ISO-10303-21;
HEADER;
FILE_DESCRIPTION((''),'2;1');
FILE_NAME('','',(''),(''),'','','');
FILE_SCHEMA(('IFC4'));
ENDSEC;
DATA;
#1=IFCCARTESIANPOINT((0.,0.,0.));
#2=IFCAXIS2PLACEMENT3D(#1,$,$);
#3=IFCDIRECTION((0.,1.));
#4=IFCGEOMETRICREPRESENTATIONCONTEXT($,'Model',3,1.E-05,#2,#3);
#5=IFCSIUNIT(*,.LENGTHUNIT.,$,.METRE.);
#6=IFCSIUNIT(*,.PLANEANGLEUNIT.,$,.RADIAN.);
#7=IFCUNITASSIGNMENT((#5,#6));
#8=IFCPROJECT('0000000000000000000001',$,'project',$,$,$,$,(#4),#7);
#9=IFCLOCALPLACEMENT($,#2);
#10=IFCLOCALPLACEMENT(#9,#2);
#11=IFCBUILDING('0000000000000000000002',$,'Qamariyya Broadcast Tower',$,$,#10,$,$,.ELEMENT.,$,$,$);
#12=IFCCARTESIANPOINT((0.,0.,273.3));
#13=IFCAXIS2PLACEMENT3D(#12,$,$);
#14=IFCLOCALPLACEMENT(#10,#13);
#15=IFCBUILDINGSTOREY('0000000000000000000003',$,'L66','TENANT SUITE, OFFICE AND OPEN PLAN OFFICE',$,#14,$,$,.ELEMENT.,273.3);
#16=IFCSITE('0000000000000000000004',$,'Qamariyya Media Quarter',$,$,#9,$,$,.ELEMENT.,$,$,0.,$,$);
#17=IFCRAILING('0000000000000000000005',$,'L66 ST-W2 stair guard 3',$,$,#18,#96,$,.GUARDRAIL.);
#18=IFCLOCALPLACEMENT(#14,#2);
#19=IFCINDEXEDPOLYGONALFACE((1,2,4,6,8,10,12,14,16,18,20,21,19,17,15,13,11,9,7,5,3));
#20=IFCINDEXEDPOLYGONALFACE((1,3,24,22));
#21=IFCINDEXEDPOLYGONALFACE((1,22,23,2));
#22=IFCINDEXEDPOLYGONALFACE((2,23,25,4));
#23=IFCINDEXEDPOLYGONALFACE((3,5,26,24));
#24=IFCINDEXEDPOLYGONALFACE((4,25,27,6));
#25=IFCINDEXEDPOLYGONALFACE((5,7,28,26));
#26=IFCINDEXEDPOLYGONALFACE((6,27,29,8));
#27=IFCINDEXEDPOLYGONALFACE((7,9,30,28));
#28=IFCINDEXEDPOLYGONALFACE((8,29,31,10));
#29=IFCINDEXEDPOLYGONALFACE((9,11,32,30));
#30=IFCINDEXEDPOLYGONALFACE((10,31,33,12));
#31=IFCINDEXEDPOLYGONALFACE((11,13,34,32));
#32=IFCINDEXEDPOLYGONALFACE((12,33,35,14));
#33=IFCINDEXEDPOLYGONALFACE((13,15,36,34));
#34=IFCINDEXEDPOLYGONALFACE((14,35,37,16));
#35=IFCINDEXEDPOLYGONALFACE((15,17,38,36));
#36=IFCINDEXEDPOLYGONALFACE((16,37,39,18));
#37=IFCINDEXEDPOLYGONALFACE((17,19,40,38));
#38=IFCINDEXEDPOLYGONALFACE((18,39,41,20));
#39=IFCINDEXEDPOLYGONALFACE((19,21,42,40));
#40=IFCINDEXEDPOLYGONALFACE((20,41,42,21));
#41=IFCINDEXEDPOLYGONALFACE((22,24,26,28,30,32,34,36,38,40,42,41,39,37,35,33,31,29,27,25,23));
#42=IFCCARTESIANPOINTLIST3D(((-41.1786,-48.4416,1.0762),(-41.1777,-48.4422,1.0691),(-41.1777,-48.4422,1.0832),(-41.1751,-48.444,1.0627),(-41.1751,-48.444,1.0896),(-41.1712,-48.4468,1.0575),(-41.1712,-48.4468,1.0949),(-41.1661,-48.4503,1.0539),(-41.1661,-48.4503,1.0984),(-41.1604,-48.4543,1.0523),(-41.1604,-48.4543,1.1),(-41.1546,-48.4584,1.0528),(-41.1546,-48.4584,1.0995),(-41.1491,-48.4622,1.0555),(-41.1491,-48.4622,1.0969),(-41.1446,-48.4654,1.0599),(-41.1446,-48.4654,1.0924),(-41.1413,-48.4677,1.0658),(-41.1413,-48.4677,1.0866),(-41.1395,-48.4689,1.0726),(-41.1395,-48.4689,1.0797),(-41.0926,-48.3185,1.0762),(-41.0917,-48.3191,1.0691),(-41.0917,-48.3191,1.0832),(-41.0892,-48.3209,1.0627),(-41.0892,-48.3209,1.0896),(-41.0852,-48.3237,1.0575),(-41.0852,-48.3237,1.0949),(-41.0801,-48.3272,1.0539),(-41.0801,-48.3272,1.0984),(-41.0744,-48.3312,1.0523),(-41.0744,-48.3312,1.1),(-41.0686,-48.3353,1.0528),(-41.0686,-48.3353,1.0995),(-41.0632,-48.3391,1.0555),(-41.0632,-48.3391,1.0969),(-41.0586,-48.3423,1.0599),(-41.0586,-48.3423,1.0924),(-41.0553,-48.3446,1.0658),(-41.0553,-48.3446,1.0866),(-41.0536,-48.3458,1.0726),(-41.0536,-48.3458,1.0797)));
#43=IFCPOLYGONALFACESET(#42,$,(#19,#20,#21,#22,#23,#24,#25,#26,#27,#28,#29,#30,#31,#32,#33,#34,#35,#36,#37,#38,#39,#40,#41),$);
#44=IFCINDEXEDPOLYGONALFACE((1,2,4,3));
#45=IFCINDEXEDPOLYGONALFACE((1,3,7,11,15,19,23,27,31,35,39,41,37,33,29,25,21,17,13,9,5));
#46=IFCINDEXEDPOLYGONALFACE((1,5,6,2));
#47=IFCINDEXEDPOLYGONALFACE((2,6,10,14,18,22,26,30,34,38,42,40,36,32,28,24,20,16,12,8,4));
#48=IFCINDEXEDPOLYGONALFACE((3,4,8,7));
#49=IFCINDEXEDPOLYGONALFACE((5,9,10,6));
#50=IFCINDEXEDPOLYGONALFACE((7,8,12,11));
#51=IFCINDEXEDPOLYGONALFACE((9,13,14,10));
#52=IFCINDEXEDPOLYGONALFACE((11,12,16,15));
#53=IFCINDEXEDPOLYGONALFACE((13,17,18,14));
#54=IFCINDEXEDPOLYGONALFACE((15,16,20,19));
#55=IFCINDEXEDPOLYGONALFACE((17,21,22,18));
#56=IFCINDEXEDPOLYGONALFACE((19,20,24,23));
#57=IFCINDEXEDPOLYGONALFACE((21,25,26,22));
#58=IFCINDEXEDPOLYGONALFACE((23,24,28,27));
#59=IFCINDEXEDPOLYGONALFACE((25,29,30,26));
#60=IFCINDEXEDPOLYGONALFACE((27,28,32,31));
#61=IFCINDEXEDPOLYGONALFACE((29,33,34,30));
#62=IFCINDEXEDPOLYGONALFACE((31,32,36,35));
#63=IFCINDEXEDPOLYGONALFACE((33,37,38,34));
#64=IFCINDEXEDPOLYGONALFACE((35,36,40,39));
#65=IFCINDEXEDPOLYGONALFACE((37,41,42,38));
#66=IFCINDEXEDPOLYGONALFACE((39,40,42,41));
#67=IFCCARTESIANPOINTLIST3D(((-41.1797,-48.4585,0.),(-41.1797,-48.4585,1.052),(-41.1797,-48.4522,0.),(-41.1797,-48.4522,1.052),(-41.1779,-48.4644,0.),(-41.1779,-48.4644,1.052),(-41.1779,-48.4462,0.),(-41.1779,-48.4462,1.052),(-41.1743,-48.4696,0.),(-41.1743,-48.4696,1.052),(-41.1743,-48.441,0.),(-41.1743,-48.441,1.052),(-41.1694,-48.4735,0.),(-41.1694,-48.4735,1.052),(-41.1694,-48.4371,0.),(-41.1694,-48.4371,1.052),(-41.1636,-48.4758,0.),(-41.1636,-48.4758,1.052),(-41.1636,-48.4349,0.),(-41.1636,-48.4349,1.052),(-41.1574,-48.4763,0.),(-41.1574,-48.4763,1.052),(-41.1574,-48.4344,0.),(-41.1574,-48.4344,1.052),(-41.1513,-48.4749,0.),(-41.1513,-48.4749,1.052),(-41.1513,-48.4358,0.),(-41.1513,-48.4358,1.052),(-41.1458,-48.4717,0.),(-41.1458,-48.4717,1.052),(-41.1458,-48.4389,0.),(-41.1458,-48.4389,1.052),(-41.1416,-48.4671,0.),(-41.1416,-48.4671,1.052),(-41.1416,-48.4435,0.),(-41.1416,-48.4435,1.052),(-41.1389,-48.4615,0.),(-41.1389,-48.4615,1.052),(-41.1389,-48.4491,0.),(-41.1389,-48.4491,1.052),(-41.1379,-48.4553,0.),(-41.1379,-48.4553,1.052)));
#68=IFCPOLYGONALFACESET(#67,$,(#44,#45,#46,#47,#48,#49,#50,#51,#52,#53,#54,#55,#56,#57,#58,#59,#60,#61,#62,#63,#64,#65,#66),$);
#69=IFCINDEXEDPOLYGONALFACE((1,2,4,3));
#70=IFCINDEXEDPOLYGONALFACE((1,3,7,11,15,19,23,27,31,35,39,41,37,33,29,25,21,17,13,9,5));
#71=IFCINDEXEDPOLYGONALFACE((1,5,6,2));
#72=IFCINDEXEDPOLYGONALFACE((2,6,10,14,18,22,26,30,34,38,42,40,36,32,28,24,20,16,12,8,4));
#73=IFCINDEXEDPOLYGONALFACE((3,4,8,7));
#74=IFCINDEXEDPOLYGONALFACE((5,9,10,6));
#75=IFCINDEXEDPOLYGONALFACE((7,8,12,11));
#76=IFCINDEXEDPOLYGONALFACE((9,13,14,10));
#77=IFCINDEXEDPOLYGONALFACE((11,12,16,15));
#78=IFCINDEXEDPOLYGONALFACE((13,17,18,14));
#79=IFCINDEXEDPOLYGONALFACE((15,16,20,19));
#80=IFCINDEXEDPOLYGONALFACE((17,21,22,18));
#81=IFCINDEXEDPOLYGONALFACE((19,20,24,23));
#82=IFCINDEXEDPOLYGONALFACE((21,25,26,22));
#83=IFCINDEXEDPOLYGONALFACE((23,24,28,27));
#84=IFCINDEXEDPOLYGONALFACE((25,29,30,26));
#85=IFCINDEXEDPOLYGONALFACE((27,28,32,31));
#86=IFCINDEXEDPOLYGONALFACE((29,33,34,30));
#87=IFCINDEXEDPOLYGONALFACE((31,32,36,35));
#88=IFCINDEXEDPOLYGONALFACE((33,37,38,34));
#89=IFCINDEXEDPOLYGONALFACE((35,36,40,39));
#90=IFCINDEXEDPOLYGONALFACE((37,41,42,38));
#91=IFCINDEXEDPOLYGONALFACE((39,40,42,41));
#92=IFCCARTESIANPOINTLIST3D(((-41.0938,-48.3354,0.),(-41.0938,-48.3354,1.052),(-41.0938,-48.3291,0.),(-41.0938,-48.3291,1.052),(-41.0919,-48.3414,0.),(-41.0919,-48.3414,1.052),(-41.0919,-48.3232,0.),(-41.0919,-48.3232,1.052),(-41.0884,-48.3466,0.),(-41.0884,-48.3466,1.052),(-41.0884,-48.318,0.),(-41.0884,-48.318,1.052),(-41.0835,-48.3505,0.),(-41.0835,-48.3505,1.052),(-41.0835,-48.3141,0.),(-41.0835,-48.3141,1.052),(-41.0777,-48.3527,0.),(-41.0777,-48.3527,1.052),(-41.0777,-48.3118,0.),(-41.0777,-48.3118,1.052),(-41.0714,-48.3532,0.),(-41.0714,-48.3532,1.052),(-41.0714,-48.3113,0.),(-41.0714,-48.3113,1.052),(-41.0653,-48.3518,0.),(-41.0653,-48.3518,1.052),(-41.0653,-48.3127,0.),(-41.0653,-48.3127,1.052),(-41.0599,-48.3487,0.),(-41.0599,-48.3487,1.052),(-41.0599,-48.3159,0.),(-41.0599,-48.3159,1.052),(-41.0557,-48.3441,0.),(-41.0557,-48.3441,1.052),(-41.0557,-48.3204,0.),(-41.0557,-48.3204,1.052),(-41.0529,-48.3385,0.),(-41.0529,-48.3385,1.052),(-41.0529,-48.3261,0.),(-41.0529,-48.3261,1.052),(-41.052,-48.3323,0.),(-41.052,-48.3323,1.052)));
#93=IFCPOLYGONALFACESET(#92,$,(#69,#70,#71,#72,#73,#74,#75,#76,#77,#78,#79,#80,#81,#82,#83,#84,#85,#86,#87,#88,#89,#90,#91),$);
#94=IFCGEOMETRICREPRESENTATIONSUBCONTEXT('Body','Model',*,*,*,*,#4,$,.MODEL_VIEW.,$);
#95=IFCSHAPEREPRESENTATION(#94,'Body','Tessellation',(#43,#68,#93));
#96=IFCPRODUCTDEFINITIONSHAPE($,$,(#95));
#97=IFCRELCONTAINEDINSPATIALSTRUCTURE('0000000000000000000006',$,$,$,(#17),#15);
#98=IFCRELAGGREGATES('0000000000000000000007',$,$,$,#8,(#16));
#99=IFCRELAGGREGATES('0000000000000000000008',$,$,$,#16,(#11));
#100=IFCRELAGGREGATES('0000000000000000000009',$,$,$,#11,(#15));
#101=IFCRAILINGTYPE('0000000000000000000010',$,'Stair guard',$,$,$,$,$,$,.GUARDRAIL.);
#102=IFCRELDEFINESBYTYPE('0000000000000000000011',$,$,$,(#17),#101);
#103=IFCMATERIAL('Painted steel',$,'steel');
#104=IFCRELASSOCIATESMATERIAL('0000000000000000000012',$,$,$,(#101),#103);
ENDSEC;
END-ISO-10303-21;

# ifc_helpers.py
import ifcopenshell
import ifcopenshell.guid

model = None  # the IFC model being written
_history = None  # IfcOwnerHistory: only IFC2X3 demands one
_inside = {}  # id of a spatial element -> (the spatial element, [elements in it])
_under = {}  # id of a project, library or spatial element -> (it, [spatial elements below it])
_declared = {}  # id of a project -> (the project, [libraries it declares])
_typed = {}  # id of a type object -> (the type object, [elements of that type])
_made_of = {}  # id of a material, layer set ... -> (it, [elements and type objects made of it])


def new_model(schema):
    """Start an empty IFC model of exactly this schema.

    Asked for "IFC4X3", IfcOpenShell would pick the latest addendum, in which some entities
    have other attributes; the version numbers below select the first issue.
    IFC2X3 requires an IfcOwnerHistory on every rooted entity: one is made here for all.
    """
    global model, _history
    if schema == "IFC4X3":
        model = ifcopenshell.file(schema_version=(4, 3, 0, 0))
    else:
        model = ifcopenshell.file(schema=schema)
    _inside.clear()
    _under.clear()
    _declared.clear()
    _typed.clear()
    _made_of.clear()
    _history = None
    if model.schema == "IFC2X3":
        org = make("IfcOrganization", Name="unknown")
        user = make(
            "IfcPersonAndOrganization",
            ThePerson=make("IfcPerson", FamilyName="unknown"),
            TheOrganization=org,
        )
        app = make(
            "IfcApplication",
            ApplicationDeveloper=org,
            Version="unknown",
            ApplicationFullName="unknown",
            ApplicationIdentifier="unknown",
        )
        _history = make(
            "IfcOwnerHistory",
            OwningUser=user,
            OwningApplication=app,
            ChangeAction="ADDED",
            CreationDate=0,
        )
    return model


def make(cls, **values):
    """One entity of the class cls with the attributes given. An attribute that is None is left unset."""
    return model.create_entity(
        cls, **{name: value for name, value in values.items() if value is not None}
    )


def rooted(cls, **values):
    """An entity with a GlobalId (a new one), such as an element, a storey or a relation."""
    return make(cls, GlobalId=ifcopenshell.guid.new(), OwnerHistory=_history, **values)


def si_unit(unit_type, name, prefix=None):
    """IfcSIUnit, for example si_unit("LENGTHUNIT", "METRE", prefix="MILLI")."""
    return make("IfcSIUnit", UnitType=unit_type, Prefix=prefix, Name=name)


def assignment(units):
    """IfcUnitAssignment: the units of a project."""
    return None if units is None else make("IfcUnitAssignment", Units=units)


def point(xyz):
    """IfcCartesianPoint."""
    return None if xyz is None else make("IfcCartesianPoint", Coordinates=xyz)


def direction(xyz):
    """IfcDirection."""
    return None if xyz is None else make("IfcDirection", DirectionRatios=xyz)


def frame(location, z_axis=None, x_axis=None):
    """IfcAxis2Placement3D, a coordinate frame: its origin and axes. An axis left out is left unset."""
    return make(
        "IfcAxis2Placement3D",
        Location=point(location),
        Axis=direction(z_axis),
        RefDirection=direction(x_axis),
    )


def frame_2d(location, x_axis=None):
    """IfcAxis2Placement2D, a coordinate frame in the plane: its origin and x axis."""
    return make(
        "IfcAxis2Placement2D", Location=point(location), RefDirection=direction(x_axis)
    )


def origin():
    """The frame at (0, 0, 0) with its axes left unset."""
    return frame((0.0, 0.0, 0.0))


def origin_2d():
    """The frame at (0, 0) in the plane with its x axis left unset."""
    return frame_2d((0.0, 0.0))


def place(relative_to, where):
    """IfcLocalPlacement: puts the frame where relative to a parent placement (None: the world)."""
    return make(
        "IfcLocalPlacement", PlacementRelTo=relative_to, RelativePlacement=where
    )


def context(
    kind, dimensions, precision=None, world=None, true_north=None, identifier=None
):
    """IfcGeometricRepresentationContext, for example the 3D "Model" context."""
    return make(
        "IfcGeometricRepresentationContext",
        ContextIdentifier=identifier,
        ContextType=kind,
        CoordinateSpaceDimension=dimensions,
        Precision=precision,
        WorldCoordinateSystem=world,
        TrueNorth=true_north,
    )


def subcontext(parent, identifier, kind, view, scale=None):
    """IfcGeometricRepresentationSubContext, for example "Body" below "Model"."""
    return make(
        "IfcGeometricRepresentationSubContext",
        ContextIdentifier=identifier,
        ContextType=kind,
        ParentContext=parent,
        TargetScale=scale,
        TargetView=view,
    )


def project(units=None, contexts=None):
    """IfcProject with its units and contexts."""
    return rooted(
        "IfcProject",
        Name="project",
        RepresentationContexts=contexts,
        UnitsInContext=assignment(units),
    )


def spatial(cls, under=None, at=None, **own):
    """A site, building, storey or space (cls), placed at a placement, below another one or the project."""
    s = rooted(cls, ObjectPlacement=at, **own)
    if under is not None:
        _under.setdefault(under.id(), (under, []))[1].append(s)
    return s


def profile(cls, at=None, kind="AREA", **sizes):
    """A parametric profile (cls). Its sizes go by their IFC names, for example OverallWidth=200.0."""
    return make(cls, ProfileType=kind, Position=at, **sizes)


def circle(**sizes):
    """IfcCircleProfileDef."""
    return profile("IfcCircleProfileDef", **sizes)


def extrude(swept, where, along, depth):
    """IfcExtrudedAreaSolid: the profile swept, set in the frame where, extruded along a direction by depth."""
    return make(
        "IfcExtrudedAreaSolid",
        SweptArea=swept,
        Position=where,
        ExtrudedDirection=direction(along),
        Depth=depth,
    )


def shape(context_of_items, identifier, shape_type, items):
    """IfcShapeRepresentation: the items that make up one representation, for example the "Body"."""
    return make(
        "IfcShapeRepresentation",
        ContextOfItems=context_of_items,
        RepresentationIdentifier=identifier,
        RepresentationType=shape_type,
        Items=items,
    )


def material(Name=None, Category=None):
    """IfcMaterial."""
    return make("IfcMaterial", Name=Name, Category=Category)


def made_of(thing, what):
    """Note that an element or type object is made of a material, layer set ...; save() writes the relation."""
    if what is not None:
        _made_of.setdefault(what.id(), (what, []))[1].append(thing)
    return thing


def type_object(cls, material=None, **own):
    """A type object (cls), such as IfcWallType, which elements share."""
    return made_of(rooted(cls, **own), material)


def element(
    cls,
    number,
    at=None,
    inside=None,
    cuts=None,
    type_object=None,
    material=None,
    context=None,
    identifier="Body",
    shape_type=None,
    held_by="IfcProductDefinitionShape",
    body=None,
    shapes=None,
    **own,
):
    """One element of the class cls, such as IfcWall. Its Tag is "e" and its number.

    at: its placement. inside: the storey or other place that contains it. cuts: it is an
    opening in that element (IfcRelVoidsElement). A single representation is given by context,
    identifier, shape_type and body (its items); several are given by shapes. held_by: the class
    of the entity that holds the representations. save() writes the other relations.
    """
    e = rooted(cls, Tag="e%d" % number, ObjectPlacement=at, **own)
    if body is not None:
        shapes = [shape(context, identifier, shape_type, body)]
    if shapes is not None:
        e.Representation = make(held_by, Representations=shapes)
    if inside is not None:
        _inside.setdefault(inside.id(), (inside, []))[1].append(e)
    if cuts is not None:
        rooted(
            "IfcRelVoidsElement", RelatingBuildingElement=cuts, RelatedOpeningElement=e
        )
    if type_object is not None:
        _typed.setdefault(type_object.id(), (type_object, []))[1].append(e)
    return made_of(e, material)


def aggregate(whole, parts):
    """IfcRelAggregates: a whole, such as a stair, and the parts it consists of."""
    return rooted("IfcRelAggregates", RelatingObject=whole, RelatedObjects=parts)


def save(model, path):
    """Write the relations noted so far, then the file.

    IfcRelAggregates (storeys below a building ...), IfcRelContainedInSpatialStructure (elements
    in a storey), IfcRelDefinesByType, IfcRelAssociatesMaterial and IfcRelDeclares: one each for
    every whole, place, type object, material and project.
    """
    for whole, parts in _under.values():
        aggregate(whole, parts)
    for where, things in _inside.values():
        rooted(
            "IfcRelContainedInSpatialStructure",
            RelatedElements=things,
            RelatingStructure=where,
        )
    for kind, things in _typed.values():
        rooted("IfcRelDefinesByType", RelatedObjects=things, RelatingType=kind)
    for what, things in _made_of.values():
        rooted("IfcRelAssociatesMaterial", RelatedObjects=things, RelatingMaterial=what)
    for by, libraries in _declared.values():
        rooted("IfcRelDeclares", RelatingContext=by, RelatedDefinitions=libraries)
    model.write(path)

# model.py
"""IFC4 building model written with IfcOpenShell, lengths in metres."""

from ifc_helpers import new_model, si_unit, direction, frame, origin, origin_2d, place, context, subcontext, project, spatial, circle, extrude, material, type_object, element, save


model = new_model("IFC4")

# Units and contexts
model_context = context("Model", 3, precision=1e-05, world=origin(), true_north=direction((0.0, 1.0)))
body_context = subcontext(model_context, "Body", "Model", "MODEL_VIEW")
ifc_project = project(units=[si_unit("LENGTHUNIT", "METRE"), si_unit("PLANEANGLEUNIT", "RADIAN")], contexts=[model_context])

# Site, building, storey
site_placement = place(None, origin())
site = spatial("IfcSite", under=ifc_project, at=site_placement, Name="Qamariyya Media Quarter", CompositionType="ELEMENT", RefElevation=0.0)
building_placement = place(site_placement, origin())
building = spatial("IfcBuilding", under=site, at=building_placement, Name="Qamariyya Broadcast Tower", CompositionType="ELEMENT")
storey_placement = place(building_placement, frame((0.0, 0.0, 273.3)))
storey = spatial("IfcBuildingStorey", under=building, at=storey_placement, Name="L66", Description="TENANT SUITE, OFFICE AND OPEN PLAN OFFICE", CompositionType="ELEMENT", Elevation=273.3)

# Railing
ifc_material_1 = material(Name="Painted steel", Category="steel")
railing_type_1 = type_object("IfcRailingType", Name="Stair guard", PredefinedType="GUARDRAIL", material=ifc_material_1)
railing_1_placement = place(storey_placement, frame((-41.1589, -48.4553, 0.0)))
element("IfcRailing", 1, at=railing_1_placement, inside=storey, type_object=railing_type_1, Name="L66 ST-W2 stair guard 3", PredefinedType="GUARDRAIL", context=body_context, shape_type="SweptSolid", body=[
    extrude(circle(Radius=0.0239, at=origin_2d()), frame((0.0, 0.0, 1.0762), z_axis=(0.572589, 0.819843, 0.0), x_axis=(-0.819843, 0.572589, 0.0)), (0.0, 0.0, 1.0), 0.1501),
    extrude(circle(Radius=0.021, at=origin_2d()), origin(), (0.0, 0.0, 1.0), 1.052),
    extrude(circle(Radius=0.021, at=origin_2d()), frame((0.0859, 0.123, 0.0)), (0.0, 0.0, 1.0), 1.052),
])

save(model, "model.ifc")
